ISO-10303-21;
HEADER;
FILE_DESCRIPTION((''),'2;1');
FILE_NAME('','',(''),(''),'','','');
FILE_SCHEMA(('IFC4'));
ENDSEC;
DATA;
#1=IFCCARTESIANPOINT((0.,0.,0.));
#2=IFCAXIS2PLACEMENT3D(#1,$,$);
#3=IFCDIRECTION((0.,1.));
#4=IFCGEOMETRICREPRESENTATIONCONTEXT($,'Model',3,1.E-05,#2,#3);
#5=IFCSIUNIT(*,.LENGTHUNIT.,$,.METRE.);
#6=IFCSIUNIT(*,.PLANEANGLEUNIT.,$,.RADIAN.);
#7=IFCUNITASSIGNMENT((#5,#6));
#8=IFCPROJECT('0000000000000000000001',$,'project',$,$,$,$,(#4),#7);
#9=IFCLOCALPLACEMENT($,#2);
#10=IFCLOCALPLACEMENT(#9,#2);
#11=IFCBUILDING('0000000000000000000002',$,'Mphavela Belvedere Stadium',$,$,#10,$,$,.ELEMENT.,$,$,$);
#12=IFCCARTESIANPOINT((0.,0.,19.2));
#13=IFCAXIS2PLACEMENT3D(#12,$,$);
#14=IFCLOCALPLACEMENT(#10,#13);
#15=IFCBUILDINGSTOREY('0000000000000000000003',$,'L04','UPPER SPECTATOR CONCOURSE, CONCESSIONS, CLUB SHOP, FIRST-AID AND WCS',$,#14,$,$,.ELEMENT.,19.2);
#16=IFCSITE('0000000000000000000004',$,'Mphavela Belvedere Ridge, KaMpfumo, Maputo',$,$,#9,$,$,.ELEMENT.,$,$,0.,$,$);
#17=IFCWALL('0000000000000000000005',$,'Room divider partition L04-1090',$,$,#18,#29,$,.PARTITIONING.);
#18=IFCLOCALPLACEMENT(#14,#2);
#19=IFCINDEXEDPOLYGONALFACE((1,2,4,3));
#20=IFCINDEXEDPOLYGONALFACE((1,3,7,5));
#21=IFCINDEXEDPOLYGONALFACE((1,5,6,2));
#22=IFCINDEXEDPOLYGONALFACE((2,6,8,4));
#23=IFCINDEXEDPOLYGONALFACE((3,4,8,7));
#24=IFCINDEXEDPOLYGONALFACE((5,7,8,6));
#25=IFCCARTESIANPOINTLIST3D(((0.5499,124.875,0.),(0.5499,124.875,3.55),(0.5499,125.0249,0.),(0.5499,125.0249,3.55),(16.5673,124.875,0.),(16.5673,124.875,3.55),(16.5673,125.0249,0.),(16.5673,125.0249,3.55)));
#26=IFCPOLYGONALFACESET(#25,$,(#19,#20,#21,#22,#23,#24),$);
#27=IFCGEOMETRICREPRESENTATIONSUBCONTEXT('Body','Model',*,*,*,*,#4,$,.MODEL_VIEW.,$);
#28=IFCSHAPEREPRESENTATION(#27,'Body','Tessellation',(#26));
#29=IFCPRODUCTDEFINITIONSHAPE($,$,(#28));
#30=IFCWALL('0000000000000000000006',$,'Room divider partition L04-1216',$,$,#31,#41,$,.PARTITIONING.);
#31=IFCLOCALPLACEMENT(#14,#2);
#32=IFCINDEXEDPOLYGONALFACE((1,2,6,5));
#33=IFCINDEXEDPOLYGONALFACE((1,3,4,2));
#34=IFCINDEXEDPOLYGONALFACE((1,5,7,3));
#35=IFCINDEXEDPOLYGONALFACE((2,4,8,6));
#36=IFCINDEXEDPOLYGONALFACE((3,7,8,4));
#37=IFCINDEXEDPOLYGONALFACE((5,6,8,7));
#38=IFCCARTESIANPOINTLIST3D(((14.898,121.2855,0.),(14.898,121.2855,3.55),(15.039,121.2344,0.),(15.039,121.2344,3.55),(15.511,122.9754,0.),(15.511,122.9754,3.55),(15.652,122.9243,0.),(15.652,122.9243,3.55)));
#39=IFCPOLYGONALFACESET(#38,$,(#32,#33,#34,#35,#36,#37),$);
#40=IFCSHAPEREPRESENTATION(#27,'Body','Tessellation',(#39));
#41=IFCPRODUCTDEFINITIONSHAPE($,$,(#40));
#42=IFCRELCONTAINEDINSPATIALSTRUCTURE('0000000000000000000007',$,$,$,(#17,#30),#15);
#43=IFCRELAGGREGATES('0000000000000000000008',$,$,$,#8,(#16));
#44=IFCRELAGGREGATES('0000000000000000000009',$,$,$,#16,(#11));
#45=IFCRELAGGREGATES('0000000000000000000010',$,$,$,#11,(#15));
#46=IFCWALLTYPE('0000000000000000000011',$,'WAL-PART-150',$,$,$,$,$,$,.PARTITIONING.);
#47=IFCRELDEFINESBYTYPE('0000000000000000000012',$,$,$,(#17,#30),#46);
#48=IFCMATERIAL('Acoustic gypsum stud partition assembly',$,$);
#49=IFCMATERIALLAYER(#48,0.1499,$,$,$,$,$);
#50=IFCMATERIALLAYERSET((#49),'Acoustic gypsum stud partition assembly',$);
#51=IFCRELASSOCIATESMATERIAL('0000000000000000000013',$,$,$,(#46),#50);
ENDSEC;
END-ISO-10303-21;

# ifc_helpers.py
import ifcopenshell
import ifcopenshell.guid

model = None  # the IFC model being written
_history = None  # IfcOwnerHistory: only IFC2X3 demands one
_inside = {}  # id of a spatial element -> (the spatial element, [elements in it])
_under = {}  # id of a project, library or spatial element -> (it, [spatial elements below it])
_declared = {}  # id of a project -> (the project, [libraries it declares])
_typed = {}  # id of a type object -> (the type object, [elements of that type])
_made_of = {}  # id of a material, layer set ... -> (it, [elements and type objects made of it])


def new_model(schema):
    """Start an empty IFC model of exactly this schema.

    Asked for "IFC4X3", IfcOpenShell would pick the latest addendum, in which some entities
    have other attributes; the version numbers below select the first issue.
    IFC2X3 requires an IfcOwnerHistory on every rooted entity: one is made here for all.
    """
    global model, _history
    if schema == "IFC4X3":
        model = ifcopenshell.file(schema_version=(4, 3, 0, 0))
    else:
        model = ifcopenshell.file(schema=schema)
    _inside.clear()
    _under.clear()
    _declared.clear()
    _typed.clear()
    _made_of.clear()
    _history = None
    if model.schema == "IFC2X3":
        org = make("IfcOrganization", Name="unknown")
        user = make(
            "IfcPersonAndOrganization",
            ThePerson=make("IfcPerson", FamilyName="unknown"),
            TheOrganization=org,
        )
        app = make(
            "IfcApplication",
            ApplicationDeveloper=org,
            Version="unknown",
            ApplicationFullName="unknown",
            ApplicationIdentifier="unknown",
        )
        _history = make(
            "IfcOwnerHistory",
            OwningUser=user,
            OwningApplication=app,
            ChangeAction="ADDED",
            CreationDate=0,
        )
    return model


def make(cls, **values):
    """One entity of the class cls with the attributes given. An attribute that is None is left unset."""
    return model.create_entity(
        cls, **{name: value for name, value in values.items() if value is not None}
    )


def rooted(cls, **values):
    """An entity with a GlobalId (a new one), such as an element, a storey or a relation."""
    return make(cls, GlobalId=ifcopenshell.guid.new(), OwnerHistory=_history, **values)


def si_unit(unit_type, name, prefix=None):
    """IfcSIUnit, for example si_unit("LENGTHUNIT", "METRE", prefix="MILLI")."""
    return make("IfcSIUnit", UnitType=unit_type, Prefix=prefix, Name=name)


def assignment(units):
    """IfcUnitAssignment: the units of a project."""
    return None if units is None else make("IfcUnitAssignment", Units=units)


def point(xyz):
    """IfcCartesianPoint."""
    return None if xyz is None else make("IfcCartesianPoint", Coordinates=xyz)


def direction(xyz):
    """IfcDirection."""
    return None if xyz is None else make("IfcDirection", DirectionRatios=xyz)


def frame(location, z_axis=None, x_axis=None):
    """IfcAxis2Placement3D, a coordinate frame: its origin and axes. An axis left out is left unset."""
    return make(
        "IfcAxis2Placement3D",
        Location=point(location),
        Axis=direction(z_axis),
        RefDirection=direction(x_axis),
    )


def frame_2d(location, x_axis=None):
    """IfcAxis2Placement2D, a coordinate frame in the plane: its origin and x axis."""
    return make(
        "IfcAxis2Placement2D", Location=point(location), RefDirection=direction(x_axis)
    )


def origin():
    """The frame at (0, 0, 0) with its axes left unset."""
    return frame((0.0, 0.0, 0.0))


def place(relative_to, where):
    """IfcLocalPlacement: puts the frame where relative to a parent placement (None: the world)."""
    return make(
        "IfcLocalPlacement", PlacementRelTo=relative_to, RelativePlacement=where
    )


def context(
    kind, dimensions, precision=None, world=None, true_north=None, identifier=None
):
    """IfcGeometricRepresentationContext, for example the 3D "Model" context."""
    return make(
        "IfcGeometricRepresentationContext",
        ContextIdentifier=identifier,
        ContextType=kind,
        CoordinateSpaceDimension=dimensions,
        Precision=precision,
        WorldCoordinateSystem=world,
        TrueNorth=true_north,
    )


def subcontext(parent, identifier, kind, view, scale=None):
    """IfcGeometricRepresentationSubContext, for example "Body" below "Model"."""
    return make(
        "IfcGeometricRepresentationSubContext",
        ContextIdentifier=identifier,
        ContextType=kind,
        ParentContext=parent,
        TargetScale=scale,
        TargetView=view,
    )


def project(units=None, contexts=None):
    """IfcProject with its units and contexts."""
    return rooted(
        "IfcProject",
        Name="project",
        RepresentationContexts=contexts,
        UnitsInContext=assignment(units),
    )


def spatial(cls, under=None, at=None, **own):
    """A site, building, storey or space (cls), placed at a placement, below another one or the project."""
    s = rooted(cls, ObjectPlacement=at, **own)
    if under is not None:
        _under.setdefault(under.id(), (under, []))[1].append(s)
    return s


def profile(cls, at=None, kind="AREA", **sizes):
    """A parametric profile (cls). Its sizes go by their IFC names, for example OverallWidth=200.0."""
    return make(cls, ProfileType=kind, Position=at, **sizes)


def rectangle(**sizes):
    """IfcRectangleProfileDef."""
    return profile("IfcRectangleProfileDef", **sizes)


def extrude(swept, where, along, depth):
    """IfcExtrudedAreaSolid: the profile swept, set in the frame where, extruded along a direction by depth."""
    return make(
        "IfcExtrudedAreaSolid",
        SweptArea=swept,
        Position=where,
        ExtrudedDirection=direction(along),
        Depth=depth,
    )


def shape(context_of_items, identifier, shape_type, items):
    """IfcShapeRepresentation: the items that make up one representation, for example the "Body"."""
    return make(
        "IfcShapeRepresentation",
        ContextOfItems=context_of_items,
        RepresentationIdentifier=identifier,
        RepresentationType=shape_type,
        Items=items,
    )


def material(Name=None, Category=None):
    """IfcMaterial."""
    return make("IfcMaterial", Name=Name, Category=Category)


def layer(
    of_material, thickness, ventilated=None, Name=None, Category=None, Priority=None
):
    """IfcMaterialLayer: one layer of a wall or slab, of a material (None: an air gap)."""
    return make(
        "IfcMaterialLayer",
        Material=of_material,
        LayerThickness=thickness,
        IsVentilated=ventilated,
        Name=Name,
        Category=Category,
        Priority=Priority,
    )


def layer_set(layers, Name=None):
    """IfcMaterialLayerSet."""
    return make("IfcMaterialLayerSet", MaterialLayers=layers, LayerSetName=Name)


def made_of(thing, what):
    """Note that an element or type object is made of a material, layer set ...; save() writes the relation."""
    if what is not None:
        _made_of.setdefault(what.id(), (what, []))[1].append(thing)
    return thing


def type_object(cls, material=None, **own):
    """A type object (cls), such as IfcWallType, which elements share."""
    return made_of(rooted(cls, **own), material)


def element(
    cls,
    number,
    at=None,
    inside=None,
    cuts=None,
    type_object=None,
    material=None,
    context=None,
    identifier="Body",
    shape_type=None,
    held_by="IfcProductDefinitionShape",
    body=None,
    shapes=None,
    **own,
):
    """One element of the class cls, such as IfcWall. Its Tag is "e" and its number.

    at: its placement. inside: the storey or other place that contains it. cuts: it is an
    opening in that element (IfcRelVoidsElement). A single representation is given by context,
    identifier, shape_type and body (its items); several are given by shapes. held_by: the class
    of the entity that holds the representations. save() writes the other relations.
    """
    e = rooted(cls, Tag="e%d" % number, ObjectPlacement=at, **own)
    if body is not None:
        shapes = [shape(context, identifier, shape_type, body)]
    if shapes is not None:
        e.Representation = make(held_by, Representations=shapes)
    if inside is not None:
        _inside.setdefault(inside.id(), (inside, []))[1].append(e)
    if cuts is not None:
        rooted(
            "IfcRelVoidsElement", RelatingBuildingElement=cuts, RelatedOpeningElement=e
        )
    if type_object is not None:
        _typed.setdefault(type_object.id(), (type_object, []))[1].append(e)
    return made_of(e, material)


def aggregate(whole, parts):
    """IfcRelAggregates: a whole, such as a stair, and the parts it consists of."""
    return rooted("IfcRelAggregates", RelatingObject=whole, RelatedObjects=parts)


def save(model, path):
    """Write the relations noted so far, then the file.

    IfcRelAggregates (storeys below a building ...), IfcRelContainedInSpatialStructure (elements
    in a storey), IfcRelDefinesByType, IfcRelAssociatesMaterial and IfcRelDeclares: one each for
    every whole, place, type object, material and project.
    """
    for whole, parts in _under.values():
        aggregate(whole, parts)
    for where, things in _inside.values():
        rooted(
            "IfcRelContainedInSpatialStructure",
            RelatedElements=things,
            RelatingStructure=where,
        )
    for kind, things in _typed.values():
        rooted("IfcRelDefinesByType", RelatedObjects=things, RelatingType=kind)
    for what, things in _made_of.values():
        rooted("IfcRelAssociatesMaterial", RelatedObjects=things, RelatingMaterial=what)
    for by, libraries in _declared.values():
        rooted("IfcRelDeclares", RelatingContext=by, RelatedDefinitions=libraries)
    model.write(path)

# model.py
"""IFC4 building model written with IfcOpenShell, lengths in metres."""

from ifc_helpers import new_model, si_unit, direction, frame, frame_2d, origin, place, context, subcontext, project, spatial, rectangle, extrude, material, layer, layer_set, type_object, element, save


model = new_model("IFC4")

# Units and contexts
model_context = context("Model", 3, precision=1e-05, world=origin(), true_north=direction((0.0, 1.0)))
body_context = subcontext(model_context, "Body", "Model", "MODEL_VIEW")
ifc_project = project(units=[si_unit("LENGTHUNIT", "METRE"), si_unit("PLANEANGLEUNIT", "RADIAN")], contexts=[model_context])

# Site, building, storey
site_placement = place(None, origin())
site = spatial("IfcSite", under=ifc_project, at=site_placement, Name="Mphavela Belvedere Ridge, KaMpfumo, Maputo", CompositionType="ELEMENT", RefElevation=0.0)
building_placement = place(site_placement, origin())
building = spatial("IfcBuilding", under=site, at=building_placement, Name="Mphavela Belvedere Stadium", CompositionType="ELEMENT")
storey_placement = place(building_placement, frame((0.0, 0.0, 19.2)))
storey = spatial("IfcBuildingStorey", under=building, at=storey_placement, Name="L04", Description="UPPER SPECTATOR CONCOURSE, CONCESSIONS, CLUB SHOP, FIRST-AID AND WCS", CompositionType="ELEMENT", Elevation=19.2)

# Walls
ifc_material_1 = material(Name="Acoustic gypsum stud partition assembly")
ifc_layer_1 = layer(ifc_material_1, 0.1499)
ifc_layer_set_1 = layer_set([ifc_layer_1], Name="Acoustic gypsum stud partition assembly")
wall_type = type_object("IfcWallType", Name="WAL-PART-150", PredefinedType="PARTITIONING", material=ifc_layer_set_1)
wall_1_placement = place(storey_placement, frame((16.5674, 124.95, 0.0), z_axis=(0.0, 0.0, 1.0), x_axis=(-1.0, 0.0, 0.0)))
element("IfcWall", 1, at=wall_1_placement, inside=storey, type_object=wall_type, Name="Room divider partition L04-1090", PredefinedType="PARTITIONING", context=body_context, shape_type="SweptSolid", body=[
    extrude(rectangle(XDim=16.0173, YDim=0.1499, at=frame_2d((8.0088, 0.0))), origin(), (0.0, 0.0, 1.0), 3.55),
])
wall_2_placement = place(storey_placement, frame((15.5815, 122.95, 0.0), z_axis=(0.0, 0.0, 1.0), x_axis=(-0.341012, -0.940059, 0.0)))
element("IfcWall", 2, at=wall_2_placement, inside=storey, type_object=wall_type, Name="Room divider partition L04-1216", PredefinedType="PARTITIONING", context=body_context, shape_type="SweptSolid", body=[
    extrude(rectangle(XDim=1.7976, YDim=0.1499, at=frame_2d((0.8989, 0.0))), origin(), (0.0, 0.0, 1.0), 3.55),
])

save(model, "model.ifc")
